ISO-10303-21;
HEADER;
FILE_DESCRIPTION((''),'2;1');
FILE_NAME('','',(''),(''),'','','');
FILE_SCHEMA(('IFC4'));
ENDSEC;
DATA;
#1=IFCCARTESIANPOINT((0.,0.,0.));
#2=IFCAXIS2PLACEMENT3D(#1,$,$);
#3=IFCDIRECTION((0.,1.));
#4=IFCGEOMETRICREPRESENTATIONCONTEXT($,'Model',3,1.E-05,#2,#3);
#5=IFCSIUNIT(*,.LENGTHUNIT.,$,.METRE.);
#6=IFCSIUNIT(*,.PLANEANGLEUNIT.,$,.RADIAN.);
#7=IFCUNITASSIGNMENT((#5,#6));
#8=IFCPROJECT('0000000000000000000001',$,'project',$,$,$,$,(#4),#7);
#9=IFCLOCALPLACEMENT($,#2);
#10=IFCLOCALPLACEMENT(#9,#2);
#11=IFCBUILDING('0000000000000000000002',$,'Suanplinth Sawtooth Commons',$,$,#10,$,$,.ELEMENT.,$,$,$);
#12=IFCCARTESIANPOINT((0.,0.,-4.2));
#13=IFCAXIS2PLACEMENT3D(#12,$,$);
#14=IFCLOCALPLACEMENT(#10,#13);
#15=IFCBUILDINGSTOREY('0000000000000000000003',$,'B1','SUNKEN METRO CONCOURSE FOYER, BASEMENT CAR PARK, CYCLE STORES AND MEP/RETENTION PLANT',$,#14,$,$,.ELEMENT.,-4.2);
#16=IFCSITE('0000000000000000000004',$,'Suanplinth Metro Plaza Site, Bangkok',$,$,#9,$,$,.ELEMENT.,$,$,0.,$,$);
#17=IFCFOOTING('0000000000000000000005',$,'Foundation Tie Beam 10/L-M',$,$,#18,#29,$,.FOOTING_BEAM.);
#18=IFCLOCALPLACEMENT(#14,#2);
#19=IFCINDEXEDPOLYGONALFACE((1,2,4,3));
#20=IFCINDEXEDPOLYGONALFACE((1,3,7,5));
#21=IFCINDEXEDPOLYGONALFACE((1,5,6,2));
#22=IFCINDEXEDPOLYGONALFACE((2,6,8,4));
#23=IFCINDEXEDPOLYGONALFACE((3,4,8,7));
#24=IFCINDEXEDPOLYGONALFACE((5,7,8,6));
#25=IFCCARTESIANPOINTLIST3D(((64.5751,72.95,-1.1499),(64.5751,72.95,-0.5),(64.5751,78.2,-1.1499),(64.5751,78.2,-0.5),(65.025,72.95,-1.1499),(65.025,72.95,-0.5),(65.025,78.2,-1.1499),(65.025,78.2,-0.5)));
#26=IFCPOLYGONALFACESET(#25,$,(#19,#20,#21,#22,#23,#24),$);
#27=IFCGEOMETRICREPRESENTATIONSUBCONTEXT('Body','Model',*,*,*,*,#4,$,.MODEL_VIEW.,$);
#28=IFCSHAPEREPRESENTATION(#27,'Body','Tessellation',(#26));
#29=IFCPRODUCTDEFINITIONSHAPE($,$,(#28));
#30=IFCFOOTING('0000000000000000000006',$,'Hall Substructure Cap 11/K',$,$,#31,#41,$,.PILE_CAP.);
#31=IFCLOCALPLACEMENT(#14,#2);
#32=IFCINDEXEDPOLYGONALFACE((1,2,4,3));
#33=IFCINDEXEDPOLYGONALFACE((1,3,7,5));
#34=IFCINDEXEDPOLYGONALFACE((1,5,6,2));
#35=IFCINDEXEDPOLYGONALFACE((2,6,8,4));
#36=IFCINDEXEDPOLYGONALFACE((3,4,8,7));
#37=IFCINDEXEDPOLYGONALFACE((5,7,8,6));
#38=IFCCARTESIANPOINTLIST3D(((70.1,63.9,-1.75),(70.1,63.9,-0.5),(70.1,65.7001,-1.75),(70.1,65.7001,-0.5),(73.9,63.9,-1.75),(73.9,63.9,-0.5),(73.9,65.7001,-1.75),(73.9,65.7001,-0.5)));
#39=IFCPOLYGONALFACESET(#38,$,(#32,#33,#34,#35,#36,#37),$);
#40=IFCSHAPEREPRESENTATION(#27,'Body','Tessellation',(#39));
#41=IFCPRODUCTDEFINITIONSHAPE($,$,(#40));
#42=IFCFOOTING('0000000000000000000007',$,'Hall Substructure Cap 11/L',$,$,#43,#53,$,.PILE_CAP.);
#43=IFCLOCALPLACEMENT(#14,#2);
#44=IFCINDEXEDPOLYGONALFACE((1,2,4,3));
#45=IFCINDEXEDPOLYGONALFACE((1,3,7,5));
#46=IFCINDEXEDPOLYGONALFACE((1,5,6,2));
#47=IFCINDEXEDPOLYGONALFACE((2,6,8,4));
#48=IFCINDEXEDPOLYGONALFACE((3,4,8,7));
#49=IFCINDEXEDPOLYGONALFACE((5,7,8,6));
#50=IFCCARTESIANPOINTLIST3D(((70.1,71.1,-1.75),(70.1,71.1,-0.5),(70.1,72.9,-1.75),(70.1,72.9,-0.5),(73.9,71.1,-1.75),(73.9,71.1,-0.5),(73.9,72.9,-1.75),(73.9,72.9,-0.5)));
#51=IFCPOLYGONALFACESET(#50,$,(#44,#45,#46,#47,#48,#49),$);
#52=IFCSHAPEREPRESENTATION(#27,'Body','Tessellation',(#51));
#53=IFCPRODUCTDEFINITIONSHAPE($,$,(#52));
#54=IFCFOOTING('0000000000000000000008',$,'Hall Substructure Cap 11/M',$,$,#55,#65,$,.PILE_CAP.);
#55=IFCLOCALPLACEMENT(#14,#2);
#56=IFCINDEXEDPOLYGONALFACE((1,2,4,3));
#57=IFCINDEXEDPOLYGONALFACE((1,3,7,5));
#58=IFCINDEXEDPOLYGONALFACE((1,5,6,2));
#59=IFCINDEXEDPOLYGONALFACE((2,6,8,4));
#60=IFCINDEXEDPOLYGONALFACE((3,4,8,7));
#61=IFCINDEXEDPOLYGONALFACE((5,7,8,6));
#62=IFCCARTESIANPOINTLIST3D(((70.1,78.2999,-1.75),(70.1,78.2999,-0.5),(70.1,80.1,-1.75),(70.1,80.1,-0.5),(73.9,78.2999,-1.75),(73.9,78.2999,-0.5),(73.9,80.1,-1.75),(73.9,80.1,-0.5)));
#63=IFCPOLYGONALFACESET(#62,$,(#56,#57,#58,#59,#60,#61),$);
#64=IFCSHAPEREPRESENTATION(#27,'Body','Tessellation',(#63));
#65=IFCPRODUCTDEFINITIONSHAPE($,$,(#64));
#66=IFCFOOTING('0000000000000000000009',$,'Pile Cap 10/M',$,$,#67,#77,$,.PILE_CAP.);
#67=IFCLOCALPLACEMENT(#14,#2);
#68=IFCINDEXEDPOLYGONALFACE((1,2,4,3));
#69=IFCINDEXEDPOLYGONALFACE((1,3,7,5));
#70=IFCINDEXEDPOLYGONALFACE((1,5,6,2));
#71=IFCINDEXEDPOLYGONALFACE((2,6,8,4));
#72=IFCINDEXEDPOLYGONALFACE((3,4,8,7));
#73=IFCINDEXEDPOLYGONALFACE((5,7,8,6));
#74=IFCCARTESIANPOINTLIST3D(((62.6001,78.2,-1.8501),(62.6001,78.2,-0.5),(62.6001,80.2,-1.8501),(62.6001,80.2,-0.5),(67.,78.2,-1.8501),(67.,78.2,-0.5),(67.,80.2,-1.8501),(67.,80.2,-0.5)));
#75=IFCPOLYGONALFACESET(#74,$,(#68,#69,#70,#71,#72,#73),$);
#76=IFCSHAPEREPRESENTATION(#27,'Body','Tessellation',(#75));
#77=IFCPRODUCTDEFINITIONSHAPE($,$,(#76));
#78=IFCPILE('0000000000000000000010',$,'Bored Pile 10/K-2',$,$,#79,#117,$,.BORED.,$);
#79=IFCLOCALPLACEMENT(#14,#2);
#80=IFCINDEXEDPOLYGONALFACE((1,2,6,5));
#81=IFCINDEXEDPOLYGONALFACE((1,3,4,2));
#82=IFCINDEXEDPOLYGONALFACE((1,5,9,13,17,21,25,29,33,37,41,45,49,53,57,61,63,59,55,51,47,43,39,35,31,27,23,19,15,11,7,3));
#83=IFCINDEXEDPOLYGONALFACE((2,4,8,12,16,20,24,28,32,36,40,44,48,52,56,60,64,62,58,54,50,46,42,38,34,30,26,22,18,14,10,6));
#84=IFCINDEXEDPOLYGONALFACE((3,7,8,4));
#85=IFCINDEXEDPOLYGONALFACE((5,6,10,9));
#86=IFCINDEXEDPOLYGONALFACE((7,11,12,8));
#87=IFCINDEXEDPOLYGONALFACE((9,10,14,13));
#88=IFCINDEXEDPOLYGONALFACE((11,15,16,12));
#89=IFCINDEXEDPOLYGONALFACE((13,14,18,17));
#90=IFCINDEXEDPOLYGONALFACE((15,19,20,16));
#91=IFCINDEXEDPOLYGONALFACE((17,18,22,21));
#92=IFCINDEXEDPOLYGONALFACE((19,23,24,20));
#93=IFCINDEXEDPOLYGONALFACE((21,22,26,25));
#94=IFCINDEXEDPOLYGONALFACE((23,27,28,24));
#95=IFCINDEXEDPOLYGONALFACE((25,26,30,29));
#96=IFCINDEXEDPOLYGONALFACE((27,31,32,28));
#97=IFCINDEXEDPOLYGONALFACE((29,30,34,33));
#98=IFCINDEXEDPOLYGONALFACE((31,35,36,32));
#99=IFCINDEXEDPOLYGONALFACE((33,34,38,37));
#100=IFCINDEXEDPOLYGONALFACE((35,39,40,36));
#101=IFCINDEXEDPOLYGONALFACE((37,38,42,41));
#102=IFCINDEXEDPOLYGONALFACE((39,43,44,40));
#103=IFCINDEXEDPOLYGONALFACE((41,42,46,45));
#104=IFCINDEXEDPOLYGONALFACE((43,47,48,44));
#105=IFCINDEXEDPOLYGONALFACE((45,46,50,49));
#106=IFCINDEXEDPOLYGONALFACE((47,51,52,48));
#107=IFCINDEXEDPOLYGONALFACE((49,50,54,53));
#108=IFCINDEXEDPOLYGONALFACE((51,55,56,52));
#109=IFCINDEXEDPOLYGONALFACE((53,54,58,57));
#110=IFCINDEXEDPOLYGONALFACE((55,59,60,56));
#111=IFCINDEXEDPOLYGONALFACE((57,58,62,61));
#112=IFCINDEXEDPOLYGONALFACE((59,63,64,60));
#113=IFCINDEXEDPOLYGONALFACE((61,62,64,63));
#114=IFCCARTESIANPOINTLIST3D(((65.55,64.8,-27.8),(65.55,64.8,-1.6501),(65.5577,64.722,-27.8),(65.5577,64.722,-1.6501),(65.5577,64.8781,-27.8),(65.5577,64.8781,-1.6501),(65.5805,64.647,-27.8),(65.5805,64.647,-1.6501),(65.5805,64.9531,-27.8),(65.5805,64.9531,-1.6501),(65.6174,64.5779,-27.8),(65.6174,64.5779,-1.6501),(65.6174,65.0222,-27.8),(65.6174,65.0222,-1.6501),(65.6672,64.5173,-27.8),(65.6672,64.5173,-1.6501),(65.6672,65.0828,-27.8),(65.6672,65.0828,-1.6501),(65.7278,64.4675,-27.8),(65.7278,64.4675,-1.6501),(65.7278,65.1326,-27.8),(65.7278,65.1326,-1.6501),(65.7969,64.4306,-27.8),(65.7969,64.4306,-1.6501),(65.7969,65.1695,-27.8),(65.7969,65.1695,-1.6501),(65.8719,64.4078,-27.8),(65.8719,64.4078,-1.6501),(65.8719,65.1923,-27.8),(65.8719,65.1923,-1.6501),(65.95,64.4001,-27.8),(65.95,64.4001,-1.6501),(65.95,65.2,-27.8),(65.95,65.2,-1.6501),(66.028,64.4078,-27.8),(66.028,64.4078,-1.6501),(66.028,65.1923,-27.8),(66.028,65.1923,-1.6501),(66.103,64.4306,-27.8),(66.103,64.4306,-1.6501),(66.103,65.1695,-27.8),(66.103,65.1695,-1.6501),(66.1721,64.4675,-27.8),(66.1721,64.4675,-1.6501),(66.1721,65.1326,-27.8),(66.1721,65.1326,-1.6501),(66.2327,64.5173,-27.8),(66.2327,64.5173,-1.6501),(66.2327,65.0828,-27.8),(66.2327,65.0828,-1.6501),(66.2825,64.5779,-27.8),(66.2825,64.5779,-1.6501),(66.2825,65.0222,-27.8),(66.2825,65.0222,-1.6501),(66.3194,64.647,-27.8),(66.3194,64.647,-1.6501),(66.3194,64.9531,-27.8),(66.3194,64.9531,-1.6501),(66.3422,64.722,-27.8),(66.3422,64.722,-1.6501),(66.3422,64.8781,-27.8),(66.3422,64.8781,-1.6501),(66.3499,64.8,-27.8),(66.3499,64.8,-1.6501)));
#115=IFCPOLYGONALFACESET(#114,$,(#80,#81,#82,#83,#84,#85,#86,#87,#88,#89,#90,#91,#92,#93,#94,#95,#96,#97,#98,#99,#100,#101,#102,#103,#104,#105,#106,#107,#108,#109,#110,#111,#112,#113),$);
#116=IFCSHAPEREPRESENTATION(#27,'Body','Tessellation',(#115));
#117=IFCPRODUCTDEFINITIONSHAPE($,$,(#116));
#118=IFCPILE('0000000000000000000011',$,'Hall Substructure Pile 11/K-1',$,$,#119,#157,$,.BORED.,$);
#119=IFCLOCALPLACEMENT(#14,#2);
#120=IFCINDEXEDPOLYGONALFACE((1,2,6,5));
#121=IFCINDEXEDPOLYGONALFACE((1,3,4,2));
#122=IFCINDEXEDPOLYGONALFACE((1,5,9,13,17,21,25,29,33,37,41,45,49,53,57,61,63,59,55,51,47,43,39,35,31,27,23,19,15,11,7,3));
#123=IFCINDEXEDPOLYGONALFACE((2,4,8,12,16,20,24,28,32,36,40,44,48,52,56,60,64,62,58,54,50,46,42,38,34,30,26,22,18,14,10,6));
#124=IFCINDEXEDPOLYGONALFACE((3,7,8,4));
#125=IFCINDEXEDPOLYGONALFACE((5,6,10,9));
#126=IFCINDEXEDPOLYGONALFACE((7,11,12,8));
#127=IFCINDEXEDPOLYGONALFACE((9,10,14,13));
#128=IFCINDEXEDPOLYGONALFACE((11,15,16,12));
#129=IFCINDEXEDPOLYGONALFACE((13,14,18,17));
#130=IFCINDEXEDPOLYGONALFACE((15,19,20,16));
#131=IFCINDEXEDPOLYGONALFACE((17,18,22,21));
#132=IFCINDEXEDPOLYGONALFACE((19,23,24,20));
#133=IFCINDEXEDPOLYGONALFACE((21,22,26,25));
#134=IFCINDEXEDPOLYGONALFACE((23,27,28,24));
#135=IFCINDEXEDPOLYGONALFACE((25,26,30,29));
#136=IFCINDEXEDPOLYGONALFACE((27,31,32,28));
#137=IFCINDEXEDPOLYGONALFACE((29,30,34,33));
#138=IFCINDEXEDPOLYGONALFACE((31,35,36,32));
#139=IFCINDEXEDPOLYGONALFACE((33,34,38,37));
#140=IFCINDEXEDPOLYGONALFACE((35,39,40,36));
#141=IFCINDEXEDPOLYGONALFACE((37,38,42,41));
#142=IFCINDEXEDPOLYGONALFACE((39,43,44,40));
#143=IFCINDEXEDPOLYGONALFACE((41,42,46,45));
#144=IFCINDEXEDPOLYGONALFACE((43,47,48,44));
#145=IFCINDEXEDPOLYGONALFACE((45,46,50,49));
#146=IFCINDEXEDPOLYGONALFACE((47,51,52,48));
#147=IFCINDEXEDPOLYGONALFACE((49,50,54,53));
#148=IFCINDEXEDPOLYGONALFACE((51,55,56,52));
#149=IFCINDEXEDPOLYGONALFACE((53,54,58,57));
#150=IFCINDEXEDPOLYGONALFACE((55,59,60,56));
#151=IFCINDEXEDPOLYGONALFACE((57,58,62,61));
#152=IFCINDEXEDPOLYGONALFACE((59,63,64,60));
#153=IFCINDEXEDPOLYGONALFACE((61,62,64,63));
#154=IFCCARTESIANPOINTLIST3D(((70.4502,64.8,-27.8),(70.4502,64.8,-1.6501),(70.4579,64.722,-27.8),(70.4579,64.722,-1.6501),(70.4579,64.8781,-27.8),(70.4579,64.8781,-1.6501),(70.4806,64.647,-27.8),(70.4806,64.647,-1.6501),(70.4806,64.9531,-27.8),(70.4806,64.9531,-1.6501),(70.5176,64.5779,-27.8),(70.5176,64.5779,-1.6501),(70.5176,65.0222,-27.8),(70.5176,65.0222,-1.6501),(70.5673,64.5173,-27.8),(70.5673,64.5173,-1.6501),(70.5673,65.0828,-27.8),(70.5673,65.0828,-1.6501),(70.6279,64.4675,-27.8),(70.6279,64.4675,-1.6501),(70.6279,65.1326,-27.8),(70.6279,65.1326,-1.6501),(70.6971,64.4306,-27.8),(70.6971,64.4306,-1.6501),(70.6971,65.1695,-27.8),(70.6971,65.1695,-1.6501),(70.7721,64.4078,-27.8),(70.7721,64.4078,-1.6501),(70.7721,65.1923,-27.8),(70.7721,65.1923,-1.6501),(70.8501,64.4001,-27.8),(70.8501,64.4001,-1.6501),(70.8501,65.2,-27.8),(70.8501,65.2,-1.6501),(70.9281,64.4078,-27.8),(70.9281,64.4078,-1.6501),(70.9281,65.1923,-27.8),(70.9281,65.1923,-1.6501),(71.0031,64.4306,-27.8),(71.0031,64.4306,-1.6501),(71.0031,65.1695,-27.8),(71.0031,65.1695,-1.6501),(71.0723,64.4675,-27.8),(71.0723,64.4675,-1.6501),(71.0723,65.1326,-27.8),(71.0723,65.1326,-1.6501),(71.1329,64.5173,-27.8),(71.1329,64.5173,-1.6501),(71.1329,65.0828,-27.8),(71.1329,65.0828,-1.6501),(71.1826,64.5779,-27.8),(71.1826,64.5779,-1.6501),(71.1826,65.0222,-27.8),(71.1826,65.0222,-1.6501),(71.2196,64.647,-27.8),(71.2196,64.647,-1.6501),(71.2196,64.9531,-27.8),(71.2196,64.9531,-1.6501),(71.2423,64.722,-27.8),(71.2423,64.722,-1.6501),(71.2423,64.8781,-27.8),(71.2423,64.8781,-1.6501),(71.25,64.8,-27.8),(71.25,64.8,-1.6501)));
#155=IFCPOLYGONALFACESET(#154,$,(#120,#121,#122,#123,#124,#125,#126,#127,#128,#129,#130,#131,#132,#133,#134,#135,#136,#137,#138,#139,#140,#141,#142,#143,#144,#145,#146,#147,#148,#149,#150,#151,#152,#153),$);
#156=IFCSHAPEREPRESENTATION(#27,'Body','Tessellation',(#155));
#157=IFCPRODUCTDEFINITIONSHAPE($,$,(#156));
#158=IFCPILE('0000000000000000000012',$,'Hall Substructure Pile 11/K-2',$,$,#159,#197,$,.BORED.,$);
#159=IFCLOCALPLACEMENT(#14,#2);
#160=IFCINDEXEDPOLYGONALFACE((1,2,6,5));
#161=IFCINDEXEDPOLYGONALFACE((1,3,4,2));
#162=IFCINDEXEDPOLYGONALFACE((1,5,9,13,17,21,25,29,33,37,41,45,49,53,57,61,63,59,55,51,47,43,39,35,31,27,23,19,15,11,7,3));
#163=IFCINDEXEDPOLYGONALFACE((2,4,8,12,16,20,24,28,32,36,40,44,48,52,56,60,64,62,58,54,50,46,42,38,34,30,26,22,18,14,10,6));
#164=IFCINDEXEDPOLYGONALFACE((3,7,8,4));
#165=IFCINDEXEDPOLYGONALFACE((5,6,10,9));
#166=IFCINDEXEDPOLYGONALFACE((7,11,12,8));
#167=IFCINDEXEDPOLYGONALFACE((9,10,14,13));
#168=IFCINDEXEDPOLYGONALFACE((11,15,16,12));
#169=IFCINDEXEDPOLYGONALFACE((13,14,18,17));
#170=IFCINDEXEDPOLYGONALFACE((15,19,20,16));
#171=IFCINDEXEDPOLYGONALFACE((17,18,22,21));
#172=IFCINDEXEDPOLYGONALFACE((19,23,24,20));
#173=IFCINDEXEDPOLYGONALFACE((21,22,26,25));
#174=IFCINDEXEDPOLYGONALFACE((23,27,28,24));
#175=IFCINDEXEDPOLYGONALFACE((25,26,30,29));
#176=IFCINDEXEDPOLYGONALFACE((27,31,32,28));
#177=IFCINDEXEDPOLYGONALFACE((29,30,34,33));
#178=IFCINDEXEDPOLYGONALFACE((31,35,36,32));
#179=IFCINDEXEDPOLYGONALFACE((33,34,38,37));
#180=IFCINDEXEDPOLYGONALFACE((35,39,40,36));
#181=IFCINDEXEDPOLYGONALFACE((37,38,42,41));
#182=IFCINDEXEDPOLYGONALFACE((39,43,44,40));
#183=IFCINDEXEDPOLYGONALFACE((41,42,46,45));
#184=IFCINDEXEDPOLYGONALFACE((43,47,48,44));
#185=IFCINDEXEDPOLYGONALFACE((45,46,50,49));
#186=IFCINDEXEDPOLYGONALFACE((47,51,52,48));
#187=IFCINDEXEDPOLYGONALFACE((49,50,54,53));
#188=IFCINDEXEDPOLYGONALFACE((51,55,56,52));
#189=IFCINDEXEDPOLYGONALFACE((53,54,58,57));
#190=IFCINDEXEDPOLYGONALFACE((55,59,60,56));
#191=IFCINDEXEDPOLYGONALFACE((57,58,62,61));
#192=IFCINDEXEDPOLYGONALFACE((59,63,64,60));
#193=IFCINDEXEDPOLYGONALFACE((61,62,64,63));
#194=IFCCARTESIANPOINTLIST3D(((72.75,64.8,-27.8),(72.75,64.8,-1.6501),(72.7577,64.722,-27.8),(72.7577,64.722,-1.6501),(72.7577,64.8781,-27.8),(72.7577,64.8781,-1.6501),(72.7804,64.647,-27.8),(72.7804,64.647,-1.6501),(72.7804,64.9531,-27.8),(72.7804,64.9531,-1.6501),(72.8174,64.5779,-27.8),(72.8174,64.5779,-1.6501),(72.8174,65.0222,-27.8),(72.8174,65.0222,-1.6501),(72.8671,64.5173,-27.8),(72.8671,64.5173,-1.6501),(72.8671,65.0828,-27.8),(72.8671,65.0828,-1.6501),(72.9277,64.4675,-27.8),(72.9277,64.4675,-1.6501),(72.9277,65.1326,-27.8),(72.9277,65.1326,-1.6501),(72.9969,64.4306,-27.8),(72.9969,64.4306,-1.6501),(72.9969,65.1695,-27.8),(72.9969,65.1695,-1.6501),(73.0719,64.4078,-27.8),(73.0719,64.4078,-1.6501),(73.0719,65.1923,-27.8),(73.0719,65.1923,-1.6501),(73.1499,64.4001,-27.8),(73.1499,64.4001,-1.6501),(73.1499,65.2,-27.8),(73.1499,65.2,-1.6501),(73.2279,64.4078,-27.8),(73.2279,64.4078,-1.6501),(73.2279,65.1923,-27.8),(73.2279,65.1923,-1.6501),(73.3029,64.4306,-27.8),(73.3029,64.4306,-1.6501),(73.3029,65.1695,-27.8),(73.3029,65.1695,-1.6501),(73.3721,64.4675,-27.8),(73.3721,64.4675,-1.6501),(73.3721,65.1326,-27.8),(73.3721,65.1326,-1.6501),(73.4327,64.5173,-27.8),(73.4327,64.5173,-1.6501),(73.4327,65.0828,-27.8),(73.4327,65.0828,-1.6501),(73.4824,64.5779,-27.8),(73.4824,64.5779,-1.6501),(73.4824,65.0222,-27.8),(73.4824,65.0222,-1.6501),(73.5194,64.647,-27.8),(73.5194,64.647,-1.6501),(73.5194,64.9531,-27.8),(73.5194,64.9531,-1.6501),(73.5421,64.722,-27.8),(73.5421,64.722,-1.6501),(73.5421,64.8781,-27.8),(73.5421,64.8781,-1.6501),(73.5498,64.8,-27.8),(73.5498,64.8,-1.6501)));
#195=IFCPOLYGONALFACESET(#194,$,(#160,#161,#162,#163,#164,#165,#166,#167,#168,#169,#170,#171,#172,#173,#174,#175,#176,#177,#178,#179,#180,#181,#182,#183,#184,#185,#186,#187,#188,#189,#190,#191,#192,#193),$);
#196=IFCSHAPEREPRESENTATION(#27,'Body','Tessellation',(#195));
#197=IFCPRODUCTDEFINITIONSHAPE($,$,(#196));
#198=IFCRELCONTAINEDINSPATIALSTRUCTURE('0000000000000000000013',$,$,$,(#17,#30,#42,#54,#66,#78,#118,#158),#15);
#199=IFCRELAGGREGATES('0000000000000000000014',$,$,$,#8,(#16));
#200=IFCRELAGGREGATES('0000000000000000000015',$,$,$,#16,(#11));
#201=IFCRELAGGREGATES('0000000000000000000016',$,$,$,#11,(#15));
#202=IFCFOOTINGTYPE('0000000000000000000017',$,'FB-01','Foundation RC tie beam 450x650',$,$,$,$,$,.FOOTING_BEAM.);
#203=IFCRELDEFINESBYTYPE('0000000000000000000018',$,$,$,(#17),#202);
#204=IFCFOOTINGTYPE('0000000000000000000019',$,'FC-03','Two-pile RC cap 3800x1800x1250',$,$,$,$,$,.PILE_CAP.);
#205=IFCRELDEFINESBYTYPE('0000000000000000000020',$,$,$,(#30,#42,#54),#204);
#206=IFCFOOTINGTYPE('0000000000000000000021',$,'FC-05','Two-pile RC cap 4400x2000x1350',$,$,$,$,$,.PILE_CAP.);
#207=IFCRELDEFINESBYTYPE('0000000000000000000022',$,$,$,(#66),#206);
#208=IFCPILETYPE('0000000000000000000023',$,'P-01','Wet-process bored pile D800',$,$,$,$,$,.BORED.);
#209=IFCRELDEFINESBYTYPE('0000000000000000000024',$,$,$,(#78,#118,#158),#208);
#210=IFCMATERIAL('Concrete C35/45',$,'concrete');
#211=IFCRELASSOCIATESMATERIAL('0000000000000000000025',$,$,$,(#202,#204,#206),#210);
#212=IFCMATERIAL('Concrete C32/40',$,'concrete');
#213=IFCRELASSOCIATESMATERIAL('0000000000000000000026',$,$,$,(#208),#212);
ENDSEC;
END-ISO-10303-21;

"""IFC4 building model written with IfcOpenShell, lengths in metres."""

from ifc_helpers import new_model, si_unit, direction, frame, origin, origin_2d, place, context, subcontext, project, spatial, rectangle, circle, extrude, material, material_profile, profile_set, type_object, element, save


model = new_model("IFC4")

# Units and contexts
model_context = context("Model", 3, precision=1e-05, world=origin(), true_north=direction((0.0, 1.0)))
body_context = subcontext(model_context, "Body", "Model", "MODEL_VIEW")
ifc_project = project(units=[si_unit("LENGTHUNIT", "METRE"), si_unit("PLANEANGLEUNIT", "RADIAN")], contexts=[model_context])

# Site, building, storey
site_placement = place(None, origin())
site = spatial("IfcSite", under=ifc_project, at=site_placement, Name="Suanplinth Metro Plaza Site, Bangkok", CompositionType="ELEMENT", RefElevation=0.0)
building_placement = place(site_placement, origin())
building = spatial("IfcBuilding", under=site, at=building_placement, Name="Suanplinth Sawtooth Commons", CompositionType="ELEMENT")
storey_placement = place(building_placement, frame((0.0, 0.0, -4.2)))
storey = spatial("IfcBuildingStorey", under=building, at=storey_placement, Name="B1", Description="SUNKEN METRO CONCOURSE FOYER, BASEMENT CAR PARK, CYCLE STORES AND MEP/RETENTION PLANT", CompositionType="ELEMENT", Elevation=-4.2)

# Footings
ifc_material_1 = material(Name="Concrete C35/45", Category="concrete")
ifc_material_profile_1 = material_profile(ifc_material_1, rectangle(XDim=0.45, YDim=0.6499, at=origin_2d()), Name="PC-GDR 450x650")
ifc_profile_set_1 = profile_set([ifc_material_profile_1], Name="Concrete C35/45")
footing_type_1 = type_object("IfcFootingType", Name="FB-01", Description="Foundation RC tie beam 450x650", PredefinedType="FOOTING_BEAM", material=ifc_profile_set_1)
footing_1_placement = place(storey_placement, frame((64.8, 72.95, -0.825), z_axis=(0.0, 1.0, 0.0), x_axis=(-1.0, 0.0, 0.0)))
element("IfcFooting", 1, at=footing_1_placement, inside=storey, type_object=footing_type_1, Name="Foundation Tie Beam 10/L-M", PredefinedType="FOOTING_BEAM", context=body_context, shape_type="SweptSolid", body=[
    extrude(rectangle(XDim=0.45, YDim=0.6499, at=origin_2d()), origin(), (0.0, 0.0, 1.0), 5.25),
])
footing_type_2 = type_object("IfcFootingType", Name="FC-03", Description="Two-pile RC cap 3800x1800x1250", PredefinedType="PILE_CAP", material=ifc_material_1)
for number, where, z_axis, x_axis, name in (
    (2, (72.0, 64.8, -1.75), (0.0, 0.0, 1.0), (1.0, 0.0, 0.0), "Hall Substructure Cap 11/K"),
    (3, (72.0, 72.0, -1.75), (0.0, 0.0, 1.0), (1.0, 0.0, 0.0), "Hall Substructure Cap 11/L"),
    (4, (72.0, 79.2, -1.75), (0.0, 0.0, 1.0), (1.0, 0.0, 0.0), "Hall Substructure Cap 11/M"),
):
    element("IfcFooting", number, at=place(storey_placement, frame(where, z_axis=z_axis, x_axis=x_axis)), inside=storey, type_object=footing_type_2, Name=name, PredefinedType="PILE_CAP", context=body_context, shape_type="SweptSolid", body=[
        extrude(rectangle(XDim=3.8, YDim=1.8, at=origin_2d()), origin(), (0.0, 0.0, 1.0), 1.25),
    ])
footing_type_3 = type_object("IfcFootingType", Name="FC-05", Description="Two-pile RC cap 4400x2000x1350", PredefinedType="PILE_CAP", material=ifc_material_1)
footing_2_placement = place(storey_placement, frame((64.8, 79.2, -1.8501), z_axis=(0.0, 0.0, 1.0), x_axis=(1.0, 0.0, 0.0)))
element("IfcFooting", 5, at=footing_2_placement, inside=storey, type_object=footing_type_3, Name="Pile Cap 10/M", PredefinedType="PILE_CAP", context=body_context, shape_type="SweptSolid", body=[
    extrude(rectangle(XDim=4.3999, YDim=2.0, at=origin_2d()), origin(), (0.0, 0.0, 1.0), 1.3501),
])

# Piles
ifc_material_2 = material(Name="Concrete C32/40", Category="concrete")
ifc_material_profile_2 = material_profile(ifc_material_2, circle(Radius=0.3999, at=origin_2d()), Name="PILE D800")
ifc_profile_set_2 = profile_set([ifc_material_profile_2], Name="Concrete C32/40")
pile_type_1 = type_object("IfcPileType", Name="P-01", Description="Wet-process bored pile D800", PredefinedType="BORED", material=ifc_profile_set_2)
for number, where, z_axis, x_axis, name in (
    (6, (65.95, 64.8, -1.6501), (0.0, 0.0, -1.0), (1.0, 0.0, 0.0), "Bored Pile 10/K-2"),
    (7, (70.8501, 64.8, -1.6501), (0.0, 0.0, -1.0), (1.0, 0.0, 0.0), "Hall Substructure Pile 11/K-1"),
    (8, (73.1499, 64.8, -1.6501), (0.0, 0.0, -1.0), (1.0, 0.0, 0.0), "Hall Substructure Pile 11/K-2"),
):
    element("IfcPile", number, at=place(storey_placement, frame(where, z_axis=z_axis, x_axis=x_axis)), inside=storey, type_object=pile_type_1, Name=name, PredefinedType="BORED", context=body_context, shape_type="SweptSolid", body=[
        extrude(circle(Radius=0.3999, at=origin_2d()), origin(), (0.0, 0.0, 1.0), 26.1499),
    ])

save(model, "model.ifc")
